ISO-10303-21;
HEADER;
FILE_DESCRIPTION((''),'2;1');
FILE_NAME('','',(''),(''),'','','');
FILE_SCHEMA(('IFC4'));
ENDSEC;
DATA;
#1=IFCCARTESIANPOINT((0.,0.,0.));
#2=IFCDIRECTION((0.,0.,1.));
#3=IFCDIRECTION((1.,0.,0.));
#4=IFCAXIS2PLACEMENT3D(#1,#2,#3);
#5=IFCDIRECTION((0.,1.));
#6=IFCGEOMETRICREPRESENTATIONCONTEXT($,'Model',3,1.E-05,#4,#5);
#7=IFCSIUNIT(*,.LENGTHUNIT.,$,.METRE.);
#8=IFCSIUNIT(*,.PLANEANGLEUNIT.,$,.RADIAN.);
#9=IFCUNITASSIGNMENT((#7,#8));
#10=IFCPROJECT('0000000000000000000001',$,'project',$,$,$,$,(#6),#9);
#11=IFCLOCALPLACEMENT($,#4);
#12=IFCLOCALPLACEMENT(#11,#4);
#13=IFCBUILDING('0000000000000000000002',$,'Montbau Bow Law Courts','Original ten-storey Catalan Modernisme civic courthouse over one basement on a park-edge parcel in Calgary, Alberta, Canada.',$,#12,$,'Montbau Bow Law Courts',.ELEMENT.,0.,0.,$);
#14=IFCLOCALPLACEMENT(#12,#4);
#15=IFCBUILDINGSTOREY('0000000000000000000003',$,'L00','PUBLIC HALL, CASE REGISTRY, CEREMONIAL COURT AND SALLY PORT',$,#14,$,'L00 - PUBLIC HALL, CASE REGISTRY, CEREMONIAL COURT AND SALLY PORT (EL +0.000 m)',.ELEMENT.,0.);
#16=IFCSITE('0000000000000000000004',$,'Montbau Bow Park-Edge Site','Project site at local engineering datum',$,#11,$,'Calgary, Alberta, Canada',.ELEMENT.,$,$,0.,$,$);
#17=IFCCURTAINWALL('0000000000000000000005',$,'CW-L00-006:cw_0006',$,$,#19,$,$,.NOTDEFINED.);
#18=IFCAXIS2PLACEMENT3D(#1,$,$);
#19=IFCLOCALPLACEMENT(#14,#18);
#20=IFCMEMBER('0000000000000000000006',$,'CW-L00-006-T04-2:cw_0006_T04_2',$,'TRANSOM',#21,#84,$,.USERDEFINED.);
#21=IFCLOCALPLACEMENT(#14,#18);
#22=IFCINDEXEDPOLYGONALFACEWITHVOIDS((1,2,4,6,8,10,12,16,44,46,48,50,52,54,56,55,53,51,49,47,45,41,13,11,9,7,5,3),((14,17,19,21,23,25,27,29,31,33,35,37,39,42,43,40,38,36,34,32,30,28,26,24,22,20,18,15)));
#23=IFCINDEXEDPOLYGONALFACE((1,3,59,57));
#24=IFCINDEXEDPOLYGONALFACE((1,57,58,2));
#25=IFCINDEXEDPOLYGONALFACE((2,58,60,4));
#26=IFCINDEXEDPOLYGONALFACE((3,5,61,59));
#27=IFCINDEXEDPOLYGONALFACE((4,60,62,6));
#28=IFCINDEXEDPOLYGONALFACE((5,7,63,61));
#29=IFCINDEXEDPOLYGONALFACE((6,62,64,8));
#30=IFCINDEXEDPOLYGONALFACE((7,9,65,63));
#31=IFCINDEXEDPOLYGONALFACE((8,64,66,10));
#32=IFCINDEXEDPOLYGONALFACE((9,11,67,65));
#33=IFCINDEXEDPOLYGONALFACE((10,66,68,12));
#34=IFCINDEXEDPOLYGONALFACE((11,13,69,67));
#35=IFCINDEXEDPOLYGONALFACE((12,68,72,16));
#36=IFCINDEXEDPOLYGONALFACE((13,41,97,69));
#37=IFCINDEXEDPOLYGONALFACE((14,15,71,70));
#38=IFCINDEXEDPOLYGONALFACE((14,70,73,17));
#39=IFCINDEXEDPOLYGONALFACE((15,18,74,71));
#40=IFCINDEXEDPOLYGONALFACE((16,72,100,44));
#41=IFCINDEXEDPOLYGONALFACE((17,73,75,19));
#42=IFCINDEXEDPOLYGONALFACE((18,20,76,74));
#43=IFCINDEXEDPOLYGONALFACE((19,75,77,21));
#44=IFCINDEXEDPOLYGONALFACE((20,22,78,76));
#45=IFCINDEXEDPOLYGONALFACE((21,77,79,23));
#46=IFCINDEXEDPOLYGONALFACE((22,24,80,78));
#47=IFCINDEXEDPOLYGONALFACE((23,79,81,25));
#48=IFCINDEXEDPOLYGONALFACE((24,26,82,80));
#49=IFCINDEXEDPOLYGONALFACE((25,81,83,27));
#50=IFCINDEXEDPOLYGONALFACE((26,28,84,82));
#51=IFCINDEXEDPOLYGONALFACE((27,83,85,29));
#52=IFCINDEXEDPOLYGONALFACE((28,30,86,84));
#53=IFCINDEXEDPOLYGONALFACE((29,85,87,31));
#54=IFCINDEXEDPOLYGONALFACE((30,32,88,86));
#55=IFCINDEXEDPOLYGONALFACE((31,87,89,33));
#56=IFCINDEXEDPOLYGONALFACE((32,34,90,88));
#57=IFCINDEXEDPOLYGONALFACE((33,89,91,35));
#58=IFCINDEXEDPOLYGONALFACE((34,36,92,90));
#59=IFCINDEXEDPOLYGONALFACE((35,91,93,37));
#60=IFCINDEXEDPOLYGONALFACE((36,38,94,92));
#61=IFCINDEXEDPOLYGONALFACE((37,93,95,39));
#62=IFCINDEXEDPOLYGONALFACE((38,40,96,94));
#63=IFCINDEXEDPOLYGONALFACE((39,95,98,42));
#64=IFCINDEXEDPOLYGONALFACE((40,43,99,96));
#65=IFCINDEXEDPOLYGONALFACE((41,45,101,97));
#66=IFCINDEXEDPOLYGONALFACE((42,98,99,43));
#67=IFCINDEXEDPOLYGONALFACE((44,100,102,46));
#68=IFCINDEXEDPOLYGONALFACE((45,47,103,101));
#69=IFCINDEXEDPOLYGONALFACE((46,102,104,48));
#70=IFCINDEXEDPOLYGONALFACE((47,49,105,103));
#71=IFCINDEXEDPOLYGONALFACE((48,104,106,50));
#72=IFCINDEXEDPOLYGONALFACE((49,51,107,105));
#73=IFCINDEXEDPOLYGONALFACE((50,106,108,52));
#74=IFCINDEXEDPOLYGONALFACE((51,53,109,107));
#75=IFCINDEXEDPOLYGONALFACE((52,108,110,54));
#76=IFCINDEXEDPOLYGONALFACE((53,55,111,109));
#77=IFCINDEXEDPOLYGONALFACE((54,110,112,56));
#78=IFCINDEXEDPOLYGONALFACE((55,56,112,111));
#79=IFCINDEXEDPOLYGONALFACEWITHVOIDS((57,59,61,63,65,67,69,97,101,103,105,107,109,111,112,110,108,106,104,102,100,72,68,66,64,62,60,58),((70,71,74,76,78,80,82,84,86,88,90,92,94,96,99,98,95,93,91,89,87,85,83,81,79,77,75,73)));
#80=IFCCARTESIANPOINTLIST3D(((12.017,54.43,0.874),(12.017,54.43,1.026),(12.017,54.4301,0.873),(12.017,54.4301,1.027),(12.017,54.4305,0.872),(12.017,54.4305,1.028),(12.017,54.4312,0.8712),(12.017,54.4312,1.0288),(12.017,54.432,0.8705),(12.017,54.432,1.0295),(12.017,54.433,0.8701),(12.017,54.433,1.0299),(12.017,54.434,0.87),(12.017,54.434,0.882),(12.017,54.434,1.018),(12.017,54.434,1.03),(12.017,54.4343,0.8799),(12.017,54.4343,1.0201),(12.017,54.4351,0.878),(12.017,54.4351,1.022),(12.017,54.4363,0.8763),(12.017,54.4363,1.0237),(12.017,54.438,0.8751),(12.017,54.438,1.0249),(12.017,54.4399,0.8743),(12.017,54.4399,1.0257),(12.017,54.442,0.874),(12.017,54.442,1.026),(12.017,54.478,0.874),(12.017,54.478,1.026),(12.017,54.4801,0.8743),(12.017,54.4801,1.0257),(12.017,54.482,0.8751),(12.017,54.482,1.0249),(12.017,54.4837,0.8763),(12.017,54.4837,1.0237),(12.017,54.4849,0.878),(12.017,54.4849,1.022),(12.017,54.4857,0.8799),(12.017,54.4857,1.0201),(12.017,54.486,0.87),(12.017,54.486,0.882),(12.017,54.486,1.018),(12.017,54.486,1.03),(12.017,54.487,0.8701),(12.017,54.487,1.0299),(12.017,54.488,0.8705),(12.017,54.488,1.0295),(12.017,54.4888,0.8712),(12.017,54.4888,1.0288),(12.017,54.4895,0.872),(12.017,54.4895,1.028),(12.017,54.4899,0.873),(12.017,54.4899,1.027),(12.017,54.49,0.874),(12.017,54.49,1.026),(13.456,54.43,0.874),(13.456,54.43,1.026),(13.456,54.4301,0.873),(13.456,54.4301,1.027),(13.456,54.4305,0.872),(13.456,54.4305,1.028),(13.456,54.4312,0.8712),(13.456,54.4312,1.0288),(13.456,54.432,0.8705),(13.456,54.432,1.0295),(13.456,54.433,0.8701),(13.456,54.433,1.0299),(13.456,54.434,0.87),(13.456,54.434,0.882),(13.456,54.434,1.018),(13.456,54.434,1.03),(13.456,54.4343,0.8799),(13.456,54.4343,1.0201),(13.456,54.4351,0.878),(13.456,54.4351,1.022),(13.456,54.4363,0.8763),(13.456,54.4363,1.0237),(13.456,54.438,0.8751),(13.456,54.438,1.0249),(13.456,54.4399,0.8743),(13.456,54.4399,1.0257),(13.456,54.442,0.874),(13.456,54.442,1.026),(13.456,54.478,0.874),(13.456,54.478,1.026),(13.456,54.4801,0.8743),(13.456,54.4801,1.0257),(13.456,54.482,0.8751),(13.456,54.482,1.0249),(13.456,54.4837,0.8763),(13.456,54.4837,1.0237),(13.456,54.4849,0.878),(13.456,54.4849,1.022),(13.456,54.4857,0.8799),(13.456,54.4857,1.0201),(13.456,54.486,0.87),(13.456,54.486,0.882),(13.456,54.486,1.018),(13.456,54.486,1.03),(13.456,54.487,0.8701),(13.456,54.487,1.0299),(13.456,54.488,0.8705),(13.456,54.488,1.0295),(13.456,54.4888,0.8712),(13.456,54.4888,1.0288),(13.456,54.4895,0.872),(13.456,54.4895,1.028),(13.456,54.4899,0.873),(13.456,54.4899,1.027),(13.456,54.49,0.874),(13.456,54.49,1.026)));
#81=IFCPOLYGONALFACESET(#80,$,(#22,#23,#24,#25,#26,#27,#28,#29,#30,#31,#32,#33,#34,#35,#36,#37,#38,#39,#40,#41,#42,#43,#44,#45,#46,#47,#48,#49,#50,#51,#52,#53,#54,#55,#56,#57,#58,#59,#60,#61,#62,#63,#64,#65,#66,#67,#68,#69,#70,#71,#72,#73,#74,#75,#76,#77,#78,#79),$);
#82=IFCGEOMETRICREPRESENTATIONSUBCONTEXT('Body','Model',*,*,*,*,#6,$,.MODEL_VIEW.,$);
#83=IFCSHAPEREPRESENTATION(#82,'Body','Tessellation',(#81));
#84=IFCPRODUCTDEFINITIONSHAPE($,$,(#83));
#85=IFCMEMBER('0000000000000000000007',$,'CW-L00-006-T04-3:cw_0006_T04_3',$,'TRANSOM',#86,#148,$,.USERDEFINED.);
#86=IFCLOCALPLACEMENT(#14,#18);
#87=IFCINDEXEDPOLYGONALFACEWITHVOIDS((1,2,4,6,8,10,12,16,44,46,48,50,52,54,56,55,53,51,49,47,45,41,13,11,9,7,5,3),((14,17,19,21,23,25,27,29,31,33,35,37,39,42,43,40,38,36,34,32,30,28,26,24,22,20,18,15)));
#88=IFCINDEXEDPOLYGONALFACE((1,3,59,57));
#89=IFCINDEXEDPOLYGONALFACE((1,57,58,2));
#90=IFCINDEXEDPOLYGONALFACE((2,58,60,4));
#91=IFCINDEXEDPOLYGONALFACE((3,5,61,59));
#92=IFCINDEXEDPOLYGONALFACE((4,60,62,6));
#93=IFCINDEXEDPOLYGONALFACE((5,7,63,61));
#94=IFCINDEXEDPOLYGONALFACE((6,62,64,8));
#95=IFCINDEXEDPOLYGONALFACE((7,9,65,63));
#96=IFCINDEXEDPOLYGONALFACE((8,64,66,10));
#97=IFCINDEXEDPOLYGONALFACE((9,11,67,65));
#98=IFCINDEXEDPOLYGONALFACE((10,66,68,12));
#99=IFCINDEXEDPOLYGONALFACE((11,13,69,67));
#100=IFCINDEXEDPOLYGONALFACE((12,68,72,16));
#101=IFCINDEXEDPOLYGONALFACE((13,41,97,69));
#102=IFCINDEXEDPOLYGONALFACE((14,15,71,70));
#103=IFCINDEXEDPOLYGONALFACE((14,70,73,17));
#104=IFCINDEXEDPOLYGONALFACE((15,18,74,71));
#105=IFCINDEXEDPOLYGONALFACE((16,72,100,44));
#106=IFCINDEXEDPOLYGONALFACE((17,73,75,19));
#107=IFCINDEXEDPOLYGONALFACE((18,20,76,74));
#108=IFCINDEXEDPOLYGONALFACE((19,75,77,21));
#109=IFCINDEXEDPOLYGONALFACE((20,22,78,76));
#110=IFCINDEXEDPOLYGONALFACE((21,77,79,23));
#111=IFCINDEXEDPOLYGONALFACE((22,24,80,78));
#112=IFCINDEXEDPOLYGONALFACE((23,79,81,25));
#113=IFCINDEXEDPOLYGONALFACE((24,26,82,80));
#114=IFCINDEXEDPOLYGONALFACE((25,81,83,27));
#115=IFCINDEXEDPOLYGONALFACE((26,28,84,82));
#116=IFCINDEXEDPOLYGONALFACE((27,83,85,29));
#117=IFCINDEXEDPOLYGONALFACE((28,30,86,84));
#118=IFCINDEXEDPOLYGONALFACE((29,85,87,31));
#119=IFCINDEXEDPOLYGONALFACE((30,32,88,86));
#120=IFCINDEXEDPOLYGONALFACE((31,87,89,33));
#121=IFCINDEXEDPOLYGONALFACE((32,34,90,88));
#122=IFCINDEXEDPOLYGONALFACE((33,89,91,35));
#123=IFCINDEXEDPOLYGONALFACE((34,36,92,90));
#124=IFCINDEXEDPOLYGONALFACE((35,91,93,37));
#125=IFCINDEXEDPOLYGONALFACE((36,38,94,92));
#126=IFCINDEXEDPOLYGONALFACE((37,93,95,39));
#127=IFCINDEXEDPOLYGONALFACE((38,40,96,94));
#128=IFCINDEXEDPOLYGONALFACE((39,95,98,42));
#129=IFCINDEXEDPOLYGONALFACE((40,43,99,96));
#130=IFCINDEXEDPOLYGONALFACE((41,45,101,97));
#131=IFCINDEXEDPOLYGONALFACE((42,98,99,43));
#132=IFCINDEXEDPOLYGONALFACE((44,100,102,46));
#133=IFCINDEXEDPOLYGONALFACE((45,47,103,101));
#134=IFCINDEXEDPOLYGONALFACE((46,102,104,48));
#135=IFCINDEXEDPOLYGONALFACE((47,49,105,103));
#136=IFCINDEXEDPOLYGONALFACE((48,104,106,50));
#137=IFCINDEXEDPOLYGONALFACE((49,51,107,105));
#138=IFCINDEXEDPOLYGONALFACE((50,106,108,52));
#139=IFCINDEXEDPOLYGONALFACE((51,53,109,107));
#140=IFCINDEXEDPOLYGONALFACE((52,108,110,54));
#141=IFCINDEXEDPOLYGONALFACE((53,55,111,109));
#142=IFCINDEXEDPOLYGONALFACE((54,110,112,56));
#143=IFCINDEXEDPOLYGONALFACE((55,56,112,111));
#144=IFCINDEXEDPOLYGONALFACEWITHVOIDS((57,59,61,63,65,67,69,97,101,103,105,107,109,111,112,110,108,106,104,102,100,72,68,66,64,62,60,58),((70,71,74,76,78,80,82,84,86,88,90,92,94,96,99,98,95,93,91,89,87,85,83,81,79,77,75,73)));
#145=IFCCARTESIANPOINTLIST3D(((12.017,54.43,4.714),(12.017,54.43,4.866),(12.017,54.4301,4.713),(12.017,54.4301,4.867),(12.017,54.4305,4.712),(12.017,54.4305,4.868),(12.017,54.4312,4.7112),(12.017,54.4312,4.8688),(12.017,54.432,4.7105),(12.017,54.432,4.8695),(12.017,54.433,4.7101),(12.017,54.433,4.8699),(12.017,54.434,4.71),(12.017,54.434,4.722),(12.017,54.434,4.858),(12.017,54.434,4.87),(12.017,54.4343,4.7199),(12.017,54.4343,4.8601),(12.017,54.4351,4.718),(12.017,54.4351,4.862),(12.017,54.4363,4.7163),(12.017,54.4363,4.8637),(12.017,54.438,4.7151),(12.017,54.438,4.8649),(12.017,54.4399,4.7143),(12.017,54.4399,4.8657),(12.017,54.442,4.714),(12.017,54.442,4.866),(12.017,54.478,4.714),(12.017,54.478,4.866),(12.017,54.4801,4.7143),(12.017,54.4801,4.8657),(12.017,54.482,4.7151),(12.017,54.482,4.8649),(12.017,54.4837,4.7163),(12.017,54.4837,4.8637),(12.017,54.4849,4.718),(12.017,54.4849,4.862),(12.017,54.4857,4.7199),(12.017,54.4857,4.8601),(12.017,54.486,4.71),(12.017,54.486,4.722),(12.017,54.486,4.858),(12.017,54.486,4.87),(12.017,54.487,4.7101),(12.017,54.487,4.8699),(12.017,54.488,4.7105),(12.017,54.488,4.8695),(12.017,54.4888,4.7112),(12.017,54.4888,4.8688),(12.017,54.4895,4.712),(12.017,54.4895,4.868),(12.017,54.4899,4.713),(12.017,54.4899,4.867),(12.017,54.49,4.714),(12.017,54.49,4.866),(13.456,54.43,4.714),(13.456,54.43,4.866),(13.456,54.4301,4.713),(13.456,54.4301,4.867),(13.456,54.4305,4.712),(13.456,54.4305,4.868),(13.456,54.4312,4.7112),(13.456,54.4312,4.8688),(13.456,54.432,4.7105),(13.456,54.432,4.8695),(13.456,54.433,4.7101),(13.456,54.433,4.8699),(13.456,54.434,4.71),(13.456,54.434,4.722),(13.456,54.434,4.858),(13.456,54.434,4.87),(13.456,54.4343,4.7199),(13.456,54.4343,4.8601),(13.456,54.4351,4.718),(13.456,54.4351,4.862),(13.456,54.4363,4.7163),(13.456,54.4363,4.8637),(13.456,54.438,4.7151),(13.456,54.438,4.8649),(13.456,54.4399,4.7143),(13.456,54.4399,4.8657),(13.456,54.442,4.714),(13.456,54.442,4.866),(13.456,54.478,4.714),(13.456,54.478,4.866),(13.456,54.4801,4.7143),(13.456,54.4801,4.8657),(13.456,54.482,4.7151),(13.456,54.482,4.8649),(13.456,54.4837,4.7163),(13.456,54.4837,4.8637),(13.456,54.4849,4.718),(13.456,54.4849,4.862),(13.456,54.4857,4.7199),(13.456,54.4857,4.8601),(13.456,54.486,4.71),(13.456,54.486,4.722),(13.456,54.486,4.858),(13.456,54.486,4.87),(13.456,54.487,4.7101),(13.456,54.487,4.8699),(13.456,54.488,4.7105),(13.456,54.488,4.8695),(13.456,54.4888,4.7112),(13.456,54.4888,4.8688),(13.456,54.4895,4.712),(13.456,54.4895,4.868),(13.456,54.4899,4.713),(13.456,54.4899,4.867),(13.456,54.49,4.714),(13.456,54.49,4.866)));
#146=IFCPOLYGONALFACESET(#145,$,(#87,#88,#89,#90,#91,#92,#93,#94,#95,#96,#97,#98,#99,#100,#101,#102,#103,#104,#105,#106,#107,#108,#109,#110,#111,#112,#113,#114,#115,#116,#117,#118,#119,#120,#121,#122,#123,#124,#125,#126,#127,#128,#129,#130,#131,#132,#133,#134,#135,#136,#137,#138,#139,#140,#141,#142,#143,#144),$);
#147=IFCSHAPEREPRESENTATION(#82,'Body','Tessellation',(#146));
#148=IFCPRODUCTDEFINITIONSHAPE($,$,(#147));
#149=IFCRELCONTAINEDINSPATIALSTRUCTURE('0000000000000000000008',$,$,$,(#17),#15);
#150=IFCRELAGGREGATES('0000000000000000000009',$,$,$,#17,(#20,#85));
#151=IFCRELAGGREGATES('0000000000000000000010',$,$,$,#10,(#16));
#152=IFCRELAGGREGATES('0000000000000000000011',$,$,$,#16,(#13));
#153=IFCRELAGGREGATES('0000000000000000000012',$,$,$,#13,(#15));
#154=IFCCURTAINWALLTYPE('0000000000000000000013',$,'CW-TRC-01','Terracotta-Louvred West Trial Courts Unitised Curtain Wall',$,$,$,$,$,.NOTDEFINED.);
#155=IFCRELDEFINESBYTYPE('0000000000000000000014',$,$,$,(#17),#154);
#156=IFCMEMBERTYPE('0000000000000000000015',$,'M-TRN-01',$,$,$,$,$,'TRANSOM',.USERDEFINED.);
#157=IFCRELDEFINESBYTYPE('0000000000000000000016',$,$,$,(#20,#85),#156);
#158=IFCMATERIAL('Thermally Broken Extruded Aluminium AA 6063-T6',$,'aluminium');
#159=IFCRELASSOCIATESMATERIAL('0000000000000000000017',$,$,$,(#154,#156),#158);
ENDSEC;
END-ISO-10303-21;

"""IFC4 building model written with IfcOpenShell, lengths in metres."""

from ifc_helpers import new_model, si_unit, direction, frame, origin_with_axes, origin_2d_with_axis, place, context, subcontext, project, spatial, hollow_rectangle, extrude, material, material_profile, profile_set, type_object, element, aggregate, save


model = new_model("IFC4")

# Units and contexts
model_context = context("Model", 3, precision=1e-05, world=origin_with_axes(), true_north=direction((0.0, 1.0)))
body_context = subcontext(model_context, "Body", "Model", "MODEL_VIEW")
ifc_project = project(units=[si_unit("LENGTHUNIT", "METRE"), si_unit("PLANEANGLEUNIT", "RADIAN")], contexts=[model_context])

# Site, building, storey
site_placement = place(None, origin_with_axes())
site = spatial("IfcSite", under=ifc_project, at=site_placement, Name="Montbau Bow Park-Edge Site", Description="Project site at local engineering datum", LongName="Calgary, Alberta, Canada", CompositionType="ELEMENT", RefElevation=0.0)
building_placement = place(site_placement, origin_with_axes())
building = spatial("IfcBuilding", under=site, at=building_placement, Name="Montbau Bow Law Courts", Description="Original ten-storey Catalan Modernisme civic courthouse over one basement on a park-edge parcel in Calgary, Alberta, Canada.", LongName="Montbau Bow Law Courts", CompositionType="ELEMENT", ElevationOfRefHeight=0.0, ElevationOfTerrain=0.0)
storey_placement = place(building_placement, origin_with_axes())
storey = spatial("IfcBuildingStorey", under=building, at=storey_placement, Name="L00", Description="PUBLIC HALL, CASE REGISTRY, CEREMONIAL COURT AND SALLY PORT", LongName="L00 - PUBLIC HALL, CASE REGISTRY, CEREMONIAL COURT AND SALLY PORT (EL +0.000 m)", CompositionType="ELEMENT", Elevation=0.0)

# Curtain wall
ifc_material_1 = material(Name="Thermally Broken Extruded Aluminium AA 6063-T6", Category="aluminium")
curtain_wall_type = type_object("IfcCurtainWallType", Name="CW-TRC-01", Description="Terracotta-Louvred West Trial Courts Unitised Curtain Wall", PredefinedType="NOTDEFINED", material=ifc_material_1)
curtain_wall_1_placement = place(None, frame((7.315, 54.46, 0.0), z_axis=(0.0, 0.0, 1.0), x_axis=(1.0, 0.0, 0.0)))
curtain_wall_1 = element("IfcCurtainWall", 1, at=curtain_wall_1_placement, inside=storey, type_object=curtain_wall_type, Name="CW-L00-006:cw_0006", PredefinedType="NOTDEFINED")

# Members
ifc_material_profile_1 = material_profile(ifc_material_1, hollow_rectangle(XDim=0.06, YDim=0.16, WallThickness=0.004, InnerFilletRadius=0.008, OuterFilletRadius=0.004, at=origin_2d_with_axis()), Name="CWT-160X60", Category="Main", Priority=0)
ifc_profile_set_1 = profile_set([ifc_material_profile_1], Name="Thermally Broken Extruded Aluminium AA 6063-T6")
member_type_1 = type_object("IfcMemberType", Name="M-TRN-01", ElementType="TRANSOM", PredefinedType="USERDEFINED", material=ifc_profile_set_1)
member_1_placement = place(None, frame((12.017, 54.46, 0.95), z_axis=(1.0, 0.0, 0.0), x_axis=(0.0, 1.0, 0.0)))
member_1 = element("IfcMember", 2, at=member_1_placement, type_object=member_type_1, Name="CW-L00-006-T04-2:cw_0006_T04_2", ObjectType="TRANSOM", PredefinedType="USERDEFINED", context=body_context, shape_type="SweptSolid", body=[
    extrude(hollow_rectangle(XDim=0.06, YDim=0.16, WallThickness=0.004, InnerFilletRadius=0.008, OuterFilletRadius=0.004, at=origin_2d_with_axis()), origin_with_axes(), (0.0, 0.0, 1.0), 1.439),
])
member_2_placement = place(None, frame((12.017, 54.46, 4.79), z_axis=(1.0, 0.0, 0.0), x_axis=(0.0, 1.0, 0.0)))
member_2 = element("IfcMember", 3, at=member_2_placement, type_object=member_type_1, Name="CW-L00-006-T04-3:cw_0006_T04_3", ObjectType="TRANSOM", PredefinedType="USERDEFINED", context=body_context, shape_type="SweptSolid", body=[
    extrude(hollow_rectangle(XDim=0.06, YDim=0.16, WallThickness=0.004, InnerFilletRadius=0.008, OuterFilletRadius=0.004, at=origin_2d_with_axis()), origin_with_axes(), (0.0, 0.0, 1.0), 1.439),
])

aggregate(curtain_wall_1, [member_1, member_2])

save(model, "model.ifc")
